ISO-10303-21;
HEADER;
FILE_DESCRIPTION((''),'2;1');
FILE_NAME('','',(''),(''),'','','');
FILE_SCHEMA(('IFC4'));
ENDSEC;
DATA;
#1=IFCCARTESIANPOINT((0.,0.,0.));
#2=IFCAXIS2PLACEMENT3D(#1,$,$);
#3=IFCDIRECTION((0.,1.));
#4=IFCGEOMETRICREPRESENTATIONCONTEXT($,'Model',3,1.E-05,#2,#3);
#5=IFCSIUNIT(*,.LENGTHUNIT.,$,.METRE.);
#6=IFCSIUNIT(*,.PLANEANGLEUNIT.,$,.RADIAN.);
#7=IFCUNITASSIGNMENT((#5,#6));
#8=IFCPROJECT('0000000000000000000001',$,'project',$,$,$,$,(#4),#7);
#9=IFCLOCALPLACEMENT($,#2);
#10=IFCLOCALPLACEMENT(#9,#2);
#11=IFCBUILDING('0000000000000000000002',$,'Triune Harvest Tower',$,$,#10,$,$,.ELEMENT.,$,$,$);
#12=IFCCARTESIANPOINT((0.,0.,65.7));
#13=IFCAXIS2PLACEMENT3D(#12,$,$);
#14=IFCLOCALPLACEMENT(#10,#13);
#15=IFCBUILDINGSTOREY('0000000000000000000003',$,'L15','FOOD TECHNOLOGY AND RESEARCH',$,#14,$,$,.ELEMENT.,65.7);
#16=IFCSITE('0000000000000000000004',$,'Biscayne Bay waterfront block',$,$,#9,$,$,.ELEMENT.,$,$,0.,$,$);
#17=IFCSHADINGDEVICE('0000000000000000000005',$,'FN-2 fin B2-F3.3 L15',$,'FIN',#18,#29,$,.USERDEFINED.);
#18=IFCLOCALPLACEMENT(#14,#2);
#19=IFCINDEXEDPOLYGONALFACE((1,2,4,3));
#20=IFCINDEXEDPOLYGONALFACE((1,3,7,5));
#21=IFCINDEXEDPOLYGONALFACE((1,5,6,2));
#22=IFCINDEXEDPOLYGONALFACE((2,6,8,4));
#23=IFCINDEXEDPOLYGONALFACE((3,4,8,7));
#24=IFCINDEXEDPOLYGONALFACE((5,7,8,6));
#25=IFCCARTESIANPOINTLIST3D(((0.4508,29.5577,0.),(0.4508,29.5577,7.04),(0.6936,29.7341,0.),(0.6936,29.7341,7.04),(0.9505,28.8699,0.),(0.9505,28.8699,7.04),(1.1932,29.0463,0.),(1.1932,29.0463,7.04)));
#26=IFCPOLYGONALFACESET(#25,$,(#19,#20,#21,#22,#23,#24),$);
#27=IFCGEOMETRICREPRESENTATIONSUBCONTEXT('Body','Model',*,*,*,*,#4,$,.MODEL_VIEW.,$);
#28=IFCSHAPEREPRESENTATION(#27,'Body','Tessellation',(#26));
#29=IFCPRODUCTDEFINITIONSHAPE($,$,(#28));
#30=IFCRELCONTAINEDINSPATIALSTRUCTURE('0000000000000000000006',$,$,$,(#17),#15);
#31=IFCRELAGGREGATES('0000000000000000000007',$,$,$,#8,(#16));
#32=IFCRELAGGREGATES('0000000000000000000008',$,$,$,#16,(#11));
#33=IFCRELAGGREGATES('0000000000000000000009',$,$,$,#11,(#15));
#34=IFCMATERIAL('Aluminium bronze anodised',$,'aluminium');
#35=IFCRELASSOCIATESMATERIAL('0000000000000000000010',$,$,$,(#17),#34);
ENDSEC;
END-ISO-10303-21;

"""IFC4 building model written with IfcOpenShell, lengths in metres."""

from ifc_helpers import new_model, si_unit, direction, frame, origin, origin_2d, place, context, subcontext, project, spatial, rectangle, extrude, source, transform, mapped, material, element, save


model = new_model("IFC4")

# Units and contexts
model_context = context("Model", 3, precision=1e-05, world=origin(), true_north=direction((0.0, 1.0)))
body_context = subcontext(model_context, "Body", "Model", "MODEL_VIEW")
ifc_project = project(units=[si_unit("LENGTHUNIT", "METRE"), si_unit("PLANEANGLEUNIT", "RADIAN")], contexts=[model_context])

# Site, building, storey
site_placement = place(None, origin())
site = spatial("IfcSite", under=ifc_project, at=site_placement, Name="Biscayne Bay waterfront block", CompositionType="ELEMENT", RefElevation=0.0)
building_placement = place(site_placement, origin())
building = spatial("IfcBuilding", under=site, at=building_placement, Name="Triune Harvest Tower", CompositionType="ELEMENT")
storey_placement = place(building_placement, frame((0.0, 0.0, 65.7)))
storey = spatial("IfcBuildingStorey", under=building, at=storey_placement, Name="L15", Description="FOOD TECHNOLOGY AND RESEARCH", CompositionType="ELEMENT", Elevation=65.7)

# Shading device
ifc_material_1 = material(Name="Aluminium bronze anodised", Category="aluminium")
shared_shape_1 = source(origin(), body_context, "Body", "SweptSolid", [
    extrude(rectangle(XDim=0.3, YDim=0.8501, at=origin_2d()), origin(), (0.0, 0.0, 1.0), 7.04),
])
shading_device_placement = place(storey_placement, frame((0.822, 29.302, 0.0), z_axis=(0.0, 0.0, 1.0), x_axis=(-0.809017, -0.587785, 0.0)))
element("IfcShadingDevice", 1, at=shading_device_placement, inside=storey, material=ifc_material_1, Name="FN-2 fin B2-F3.3 L15", ObjectType="FIN", PredefinedType="USERDEFINED", context=body_context, shape_type="MappedRepresentation", body=[
    mapped(shared_shape_1, transform((0.0, 0.0, 0.0), scale=1.0)),
])

save(model, "model.ifc")
